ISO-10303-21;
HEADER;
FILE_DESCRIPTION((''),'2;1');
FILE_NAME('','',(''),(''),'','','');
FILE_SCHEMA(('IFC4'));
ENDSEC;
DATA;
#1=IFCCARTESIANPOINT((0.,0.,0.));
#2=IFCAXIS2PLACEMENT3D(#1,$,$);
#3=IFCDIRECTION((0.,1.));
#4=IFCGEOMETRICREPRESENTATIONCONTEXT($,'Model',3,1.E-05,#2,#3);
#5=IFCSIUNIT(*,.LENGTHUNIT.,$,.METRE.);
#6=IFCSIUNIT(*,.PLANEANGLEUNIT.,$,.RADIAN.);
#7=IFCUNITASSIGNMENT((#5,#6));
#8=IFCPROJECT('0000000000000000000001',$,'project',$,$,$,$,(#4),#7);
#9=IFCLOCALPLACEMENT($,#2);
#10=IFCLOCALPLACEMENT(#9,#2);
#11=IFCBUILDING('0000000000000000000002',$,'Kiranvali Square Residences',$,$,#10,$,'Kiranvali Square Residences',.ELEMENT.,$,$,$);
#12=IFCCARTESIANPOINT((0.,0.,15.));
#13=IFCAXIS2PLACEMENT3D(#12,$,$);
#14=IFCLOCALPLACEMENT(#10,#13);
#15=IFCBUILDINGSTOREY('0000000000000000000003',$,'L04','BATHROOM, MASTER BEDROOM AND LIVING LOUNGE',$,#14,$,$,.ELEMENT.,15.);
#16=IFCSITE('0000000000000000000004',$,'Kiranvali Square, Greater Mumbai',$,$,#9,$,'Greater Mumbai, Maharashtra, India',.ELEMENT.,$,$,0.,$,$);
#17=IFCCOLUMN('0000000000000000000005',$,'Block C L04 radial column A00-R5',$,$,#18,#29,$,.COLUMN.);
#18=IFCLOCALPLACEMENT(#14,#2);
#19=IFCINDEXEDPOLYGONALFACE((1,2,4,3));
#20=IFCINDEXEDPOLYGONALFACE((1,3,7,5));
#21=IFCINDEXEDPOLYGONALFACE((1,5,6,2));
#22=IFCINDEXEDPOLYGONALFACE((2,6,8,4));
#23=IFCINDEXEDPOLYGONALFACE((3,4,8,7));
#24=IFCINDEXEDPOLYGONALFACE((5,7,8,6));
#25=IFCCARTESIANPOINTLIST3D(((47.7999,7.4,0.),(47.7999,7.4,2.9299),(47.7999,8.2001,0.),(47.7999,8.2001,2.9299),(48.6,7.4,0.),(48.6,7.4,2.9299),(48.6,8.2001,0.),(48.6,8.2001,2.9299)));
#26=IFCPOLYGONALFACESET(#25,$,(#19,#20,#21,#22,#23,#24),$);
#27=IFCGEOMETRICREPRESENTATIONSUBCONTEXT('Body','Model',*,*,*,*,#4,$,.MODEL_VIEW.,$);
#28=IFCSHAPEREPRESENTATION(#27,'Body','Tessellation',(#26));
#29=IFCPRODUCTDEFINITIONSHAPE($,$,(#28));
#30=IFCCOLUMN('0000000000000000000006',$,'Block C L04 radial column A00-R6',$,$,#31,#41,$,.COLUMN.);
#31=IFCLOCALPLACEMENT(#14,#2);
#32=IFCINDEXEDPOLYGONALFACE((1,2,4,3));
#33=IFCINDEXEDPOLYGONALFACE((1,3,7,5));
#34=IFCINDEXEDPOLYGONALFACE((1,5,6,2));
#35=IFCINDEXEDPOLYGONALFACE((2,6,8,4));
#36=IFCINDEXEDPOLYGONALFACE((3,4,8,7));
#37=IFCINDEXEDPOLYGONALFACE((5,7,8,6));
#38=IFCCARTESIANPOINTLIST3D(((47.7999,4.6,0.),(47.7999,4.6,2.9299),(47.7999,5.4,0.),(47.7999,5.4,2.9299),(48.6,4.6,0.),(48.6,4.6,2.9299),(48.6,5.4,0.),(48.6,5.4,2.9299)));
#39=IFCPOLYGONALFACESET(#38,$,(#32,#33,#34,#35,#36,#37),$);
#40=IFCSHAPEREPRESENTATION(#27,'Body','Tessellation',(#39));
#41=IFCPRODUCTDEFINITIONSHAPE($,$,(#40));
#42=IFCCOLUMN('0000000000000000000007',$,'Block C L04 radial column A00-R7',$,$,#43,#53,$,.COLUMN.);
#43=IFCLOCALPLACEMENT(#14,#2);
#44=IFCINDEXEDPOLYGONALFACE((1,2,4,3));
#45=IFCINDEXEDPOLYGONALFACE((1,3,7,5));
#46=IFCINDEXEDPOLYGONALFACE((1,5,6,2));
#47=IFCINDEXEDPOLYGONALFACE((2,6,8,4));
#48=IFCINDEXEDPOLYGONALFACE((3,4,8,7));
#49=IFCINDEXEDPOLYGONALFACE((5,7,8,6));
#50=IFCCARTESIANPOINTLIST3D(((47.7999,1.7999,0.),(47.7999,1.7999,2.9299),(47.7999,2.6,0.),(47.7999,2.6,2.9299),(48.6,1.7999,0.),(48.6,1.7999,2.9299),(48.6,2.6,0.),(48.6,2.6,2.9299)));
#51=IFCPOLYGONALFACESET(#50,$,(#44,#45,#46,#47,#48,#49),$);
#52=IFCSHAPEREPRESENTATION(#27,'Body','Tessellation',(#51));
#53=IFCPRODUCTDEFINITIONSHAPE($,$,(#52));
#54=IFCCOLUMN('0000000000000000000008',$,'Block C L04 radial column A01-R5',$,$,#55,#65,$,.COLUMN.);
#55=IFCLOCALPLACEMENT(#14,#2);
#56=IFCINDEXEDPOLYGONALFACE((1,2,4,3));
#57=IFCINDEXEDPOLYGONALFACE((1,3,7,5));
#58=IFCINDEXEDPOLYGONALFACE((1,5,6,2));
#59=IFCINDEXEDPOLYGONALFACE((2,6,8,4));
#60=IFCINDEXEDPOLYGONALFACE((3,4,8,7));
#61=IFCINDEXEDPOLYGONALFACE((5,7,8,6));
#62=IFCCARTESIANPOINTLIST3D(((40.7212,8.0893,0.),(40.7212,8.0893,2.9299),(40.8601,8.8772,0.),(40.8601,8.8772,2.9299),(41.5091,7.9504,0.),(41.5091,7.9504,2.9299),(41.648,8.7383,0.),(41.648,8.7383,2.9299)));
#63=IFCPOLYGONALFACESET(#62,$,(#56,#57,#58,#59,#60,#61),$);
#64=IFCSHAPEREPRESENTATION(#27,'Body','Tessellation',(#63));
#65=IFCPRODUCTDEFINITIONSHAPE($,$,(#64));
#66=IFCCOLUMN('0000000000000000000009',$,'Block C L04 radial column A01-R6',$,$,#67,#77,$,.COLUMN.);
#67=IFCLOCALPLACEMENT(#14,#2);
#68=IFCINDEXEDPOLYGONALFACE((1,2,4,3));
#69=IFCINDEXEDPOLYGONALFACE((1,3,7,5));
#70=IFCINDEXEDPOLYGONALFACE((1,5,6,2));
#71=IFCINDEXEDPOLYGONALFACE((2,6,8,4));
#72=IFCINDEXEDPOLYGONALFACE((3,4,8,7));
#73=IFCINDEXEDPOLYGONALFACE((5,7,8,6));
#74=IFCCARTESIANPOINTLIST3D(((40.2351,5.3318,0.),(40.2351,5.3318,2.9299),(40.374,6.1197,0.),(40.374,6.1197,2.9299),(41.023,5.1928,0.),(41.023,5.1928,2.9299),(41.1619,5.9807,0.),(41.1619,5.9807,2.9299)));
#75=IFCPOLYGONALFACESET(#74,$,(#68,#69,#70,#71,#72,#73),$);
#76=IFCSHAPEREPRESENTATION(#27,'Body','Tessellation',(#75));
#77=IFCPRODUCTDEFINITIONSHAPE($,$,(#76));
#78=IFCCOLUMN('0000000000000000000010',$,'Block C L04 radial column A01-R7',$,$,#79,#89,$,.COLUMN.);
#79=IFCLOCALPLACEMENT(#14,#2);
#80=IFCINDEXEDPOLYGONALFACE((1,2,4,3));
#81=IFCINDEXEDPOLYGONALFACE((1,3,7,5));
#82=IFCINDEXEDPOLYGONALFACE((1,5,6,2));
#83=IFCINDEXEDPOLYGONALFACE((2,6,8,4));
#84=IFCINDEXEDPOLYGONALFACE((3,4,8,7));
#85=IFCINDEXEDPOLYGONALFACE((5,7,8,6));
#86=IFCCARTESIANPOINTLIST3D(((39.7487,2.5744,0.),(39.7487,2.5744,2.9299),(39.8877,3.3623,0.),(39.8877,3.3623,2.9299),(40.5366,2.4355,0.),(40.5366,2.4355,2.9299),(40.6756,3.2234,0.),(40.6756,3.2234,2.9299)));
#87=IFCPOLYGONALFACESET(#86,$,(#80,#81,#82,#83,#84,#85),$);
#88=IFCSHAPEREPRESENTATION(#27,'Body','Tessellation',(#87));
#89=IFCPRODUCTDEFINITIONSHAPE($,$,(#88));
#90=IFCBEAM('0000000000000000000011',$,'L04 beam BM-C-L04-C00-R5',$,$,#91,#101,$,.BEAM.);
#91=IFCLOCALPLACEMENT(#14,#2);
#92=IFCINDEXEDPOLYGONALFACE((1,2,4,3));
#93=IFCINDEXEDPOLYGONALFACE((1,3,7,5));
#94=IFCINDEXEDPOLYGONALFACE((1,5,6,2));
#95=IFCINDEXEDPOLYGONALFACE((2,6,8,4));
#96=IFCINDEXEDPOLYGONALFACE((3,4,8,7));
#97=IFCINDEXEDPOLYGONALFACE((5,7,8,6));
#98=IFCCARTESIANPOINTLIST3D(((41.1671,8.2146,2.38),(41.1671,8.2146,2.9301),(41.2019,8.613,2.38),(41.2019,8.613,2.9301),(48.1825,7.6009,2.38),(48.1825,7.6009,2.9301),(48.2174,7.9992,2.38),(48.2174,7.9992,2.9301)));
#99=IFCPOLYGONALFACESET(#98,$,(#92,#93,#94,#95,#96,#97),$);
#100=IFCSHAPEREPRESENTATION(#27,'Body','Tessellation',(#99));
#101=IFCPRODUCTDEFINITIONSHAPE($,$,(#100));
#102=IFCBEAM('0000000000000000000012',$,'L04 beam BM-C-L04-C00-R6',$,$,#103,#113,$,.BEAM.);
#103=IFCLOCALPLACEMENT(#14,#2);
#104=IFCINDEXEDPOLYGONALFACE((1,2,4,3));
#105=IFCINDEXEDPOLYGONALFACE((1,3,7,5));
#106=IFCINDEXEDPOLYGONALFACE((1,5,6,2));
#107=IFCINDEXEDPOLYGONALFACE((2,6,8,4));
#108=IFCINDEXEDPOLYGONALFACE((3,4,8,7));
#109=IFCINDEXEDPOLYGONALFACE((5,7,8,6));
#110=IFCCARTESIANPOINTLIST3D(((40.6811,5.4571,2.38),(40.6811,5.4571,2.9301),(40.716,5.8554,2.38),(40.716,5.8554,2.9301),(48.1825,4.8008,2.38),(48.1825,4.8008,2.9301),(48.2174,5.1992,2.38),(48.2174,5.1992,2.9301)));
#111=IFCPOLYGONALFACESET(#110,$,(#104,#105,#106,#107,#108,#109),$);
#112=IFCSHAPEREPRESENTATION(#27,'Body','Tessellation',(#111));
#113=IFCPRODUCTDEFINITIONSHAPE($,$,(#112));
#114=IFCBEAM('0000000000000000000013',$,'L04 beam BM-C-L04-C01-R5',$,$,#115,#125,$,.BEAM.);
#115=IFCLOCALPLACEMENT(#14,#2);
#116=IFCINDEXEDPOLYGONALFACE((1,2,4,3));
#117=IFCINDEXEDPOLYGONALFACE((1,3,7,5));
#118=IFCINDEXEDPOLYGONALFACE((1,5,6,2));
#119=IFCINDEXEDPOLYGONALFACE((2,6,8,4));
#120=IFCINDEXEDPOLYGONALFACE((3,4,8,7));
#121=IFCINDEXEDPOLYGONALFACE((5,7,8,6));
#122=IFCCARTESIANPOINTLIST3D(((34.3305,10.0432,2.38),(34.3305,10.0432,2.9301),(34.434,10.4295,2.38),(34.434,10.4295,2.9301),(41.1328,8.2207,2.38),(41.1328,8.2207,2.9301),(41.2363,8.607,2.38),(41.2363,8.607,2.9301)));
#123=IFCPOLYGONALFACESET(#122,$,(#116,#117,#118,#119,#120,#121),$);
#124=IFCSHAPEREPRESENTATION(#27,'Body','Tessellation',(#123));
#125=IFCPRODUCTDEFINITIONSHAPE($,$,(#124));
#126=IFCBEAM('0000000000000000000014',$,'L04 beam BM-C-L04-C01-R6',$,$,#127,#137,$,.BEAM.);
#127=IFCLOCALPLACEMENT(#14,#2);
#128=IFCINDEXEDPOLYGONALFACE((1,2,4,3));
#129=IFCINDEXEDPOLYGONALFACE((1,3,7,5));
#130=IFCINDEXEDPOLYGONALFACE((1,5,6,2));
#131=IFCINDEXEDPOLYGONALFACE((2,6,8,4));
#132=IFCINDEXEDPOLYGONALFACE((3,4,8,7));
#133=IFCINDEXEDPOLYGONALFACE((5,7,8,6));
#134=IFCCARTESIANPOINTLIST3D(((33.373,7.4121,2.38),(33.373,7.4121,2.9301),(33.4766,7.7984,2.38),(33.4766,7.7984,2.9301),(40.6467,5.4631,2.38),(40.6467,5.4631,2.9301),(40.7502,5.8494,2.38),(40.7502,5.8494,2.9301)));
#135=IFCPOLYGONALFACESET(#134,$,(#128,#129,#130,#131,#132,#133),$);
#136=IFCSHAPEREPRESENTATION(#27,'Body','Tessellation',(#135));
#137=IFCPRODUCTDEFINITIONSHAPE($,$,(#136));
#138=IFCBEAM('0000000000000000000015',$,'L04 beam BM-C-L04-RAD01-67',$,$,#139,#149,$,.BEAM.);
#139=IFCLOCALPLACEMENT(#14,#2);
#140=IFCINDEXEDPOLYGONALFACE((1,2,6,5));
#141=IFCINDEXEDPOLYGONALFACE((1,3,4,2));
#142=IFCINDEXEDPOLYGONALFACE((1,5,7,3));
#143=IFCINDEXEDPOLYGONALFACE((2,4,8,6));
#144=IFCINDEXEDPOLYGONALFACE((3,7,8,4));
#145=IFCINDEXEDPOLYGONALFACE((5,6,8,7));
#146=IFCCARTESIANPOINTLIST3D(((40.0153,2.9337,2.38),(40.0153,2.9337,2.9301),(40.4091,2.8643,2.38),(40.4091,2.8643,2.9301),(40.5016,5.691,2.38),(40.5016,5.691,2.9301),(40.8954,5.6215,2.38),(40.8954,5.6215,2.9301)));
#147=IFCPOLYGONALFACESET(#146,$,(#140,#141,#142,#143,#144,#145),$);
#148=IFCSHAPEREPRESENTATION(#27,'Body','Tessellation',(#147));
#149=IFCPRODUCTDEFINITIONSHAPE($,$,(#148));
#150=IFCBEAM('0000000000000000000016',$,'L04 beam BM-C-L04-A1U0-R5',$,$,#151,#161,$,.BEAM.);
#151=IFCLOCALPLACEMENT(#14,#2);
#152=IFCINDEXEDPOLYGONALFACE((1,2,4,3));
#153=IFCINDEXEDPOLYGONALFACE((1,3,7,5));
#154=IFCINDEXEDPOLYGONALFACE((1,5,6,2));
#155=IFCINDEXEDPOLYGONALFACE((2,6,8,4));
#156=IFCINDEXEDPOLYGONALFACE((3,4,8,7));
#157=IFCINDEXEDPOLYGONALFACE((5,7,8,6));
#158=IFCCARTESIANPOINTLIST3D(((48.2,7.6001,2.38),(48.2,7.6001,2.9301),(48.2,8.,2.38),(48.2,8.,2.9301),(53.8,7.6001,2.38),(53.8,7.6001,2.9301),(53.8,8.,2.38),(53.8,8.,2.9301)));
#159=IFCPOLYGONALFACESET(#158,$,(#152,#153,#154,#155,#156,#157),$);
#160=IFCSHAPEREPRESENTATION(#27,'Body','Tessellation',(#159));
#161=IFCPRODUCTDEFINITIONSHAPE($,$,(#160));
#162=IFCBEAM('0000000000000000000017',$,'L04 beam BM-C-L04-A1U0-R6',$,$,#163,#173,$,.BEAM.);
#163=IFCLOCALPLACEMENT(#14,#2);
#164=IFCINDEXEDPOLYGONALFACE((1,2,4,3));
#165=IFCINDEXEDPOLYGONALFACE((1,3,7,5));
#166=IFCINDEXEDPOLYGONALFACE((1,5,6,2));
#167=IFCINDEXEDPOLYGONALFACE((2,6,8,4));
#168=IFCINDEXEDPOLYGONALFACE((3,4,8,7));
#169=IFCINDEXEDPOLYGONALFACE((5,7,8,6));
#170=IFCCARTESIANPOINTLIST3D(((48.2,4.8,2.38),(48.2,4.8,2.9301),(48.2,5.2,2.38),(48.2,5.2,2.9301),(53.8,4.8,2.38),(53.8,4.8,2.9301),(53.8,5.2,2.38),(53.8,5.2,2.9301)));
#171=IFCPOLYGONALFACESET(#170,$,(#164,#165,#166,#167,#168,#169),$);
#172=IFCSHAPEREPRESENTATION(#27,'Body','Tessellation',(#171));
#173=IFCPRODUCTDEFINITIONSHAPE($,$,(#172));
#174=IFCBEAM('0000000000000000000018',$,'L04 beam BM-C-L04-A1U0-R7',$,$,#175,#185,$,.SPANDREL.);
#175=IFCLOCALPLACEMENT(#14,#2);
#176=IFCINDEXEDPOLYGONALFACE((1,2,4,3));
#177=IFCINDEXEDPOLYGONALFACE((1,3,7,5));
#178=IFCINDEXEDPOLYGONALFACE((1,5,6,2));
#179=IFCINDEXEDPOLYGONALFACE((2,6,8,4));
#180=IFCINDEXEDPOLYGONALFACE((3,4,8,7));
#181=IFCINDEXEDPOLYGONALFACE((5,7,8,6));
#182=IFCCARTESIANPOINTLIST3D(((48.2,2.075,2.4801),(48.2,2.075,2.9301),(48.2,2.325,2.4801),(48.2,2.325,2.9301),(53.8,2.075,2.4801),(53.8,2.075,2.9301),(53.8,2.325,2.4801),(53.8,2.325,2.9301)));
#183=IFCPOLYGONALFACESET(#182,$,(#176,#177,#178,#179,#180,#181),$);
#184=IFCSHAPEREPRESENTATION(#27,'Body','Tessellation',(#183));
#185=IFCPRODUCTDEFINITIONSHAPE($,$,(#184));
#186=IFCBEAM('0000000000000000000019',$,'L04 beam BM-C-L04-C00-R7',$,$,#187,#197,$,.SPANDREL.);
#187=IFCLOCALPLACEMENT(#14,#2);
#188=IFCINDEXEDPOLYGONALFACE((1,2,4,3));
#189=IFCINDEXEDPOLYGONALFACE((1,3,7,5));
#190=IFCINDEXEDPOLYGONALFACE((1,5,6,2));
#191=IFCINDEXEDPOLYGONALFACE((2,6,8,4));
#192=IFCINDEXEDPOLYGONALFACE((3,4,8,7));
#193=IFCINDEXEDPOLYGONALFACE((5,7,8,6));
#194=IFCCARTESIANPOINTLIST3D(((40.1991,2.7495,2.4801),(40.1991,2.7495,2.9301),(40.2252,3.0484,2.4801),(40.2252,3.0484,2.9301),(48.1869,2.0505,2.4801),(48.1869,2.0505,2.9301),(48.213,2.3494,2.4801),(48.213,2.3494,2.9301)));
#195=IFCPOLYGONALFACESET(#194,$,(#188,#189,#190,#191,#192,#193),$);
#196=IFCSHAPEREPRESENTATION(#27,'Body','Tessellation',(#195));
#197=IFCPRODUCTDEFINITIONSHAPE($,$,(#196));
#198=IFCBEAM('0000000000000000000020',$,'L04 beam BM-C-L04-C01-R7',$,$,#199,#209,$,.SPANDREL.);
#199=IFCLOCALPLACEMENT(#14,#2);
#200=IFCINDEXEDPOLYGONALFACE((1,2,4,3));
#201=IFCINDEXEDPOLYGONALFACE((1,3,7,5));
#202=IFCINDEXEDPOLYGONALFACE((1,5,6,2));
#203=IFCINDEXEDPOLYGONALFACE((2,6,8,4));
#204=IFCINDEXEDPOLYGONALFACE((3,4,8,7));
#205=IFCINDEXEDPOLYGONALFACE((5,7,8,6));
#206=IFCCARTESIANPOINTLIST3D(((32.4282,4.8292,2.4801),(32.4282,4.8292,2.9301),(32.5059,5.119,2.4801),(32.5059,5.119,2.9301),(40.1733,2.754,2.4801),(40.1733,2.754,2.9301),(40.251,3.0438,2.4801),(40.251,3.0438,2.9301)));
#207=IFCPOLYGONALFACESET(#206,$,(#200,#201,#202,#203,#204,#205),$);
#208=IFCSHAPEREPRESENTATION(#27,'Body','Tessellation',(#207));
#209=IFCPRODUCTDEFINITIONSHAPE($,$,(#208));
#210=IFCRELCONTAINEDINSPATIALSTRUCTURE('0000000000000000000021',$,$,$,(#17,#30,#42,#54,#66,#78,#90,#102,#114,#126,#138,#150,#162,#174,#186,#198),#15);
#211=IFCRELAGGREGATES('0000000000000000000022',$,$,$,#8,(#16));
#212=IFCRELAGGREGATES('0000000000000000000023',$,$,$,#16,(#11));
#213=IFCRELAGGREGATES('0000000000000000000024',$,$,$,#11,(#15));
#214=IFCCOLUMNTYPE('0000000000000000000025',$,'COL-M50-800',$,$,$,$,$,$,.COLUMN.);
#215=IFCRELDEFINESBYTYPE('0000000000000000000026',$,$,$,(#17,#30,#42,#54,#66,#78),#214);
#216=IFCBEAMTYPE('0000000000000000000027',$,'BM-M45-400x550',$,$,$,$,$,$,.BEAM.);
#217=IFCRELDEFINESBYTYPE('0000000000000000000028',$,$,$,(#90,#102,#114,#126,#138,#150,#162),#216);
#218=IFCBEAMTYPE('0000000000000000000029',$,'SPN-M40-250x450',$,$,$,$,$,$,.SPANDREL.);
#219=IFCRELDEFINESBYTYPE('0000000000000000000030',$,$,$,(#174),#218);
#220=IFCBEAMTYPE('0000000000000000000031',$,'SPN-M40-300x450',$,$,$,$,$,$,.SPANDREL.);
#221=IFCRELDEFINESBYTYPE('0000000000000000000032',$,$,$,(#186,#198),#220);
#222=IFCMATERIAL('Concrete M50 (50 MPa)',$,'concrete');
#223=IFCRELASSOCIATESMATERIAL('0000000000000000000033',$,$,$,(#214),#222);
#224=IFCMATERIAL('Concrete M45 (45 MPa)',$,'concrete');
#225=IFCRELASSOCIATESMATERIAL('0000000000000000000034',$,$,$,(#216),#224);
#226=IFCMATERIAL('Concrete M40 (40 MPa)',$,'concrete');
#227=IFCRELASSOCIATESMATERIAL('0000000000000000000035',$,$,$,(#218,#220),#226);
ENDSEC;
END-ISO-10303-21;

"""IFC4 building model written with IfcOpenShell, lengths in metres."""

from ifc_helpers import new_model, si_unit, direction, frame, origin, origin_2d, place, context, subcontext, project, spatial, rectangle, extrude, material, material_profile, profile_set, type_object, element, save


model = new_model("IFC4")

# Units and contexts
model_context = context("Model", 3, precision=1e-05, world=origin(), true_north=direction((0.0, 1.0)))
body_context = subcontext(model_context, "Body", "Model", "MODEL_VIEW")
ifc_project = project(units=[si_unit("LENGTHUNIT", "METRE"), si_unit("PLANEANGLEUNIT", "RADIAN")], contexts=[model_context])

# Site, building, storey
site_placement = place(None, origin())
site = spatial("IfcSite", under=ifc_project, at=site_placement, Name="Kiranvali Square, Greater Mumbai", LongName="Greater Mumbai, Maharashtra, India", CompositionType="ELEMENT", RefElevation=0.0)
building_placement = place(site_placement, origin())
building = spatial("IfcBuilding", under=site, at=building_placement, Name="Kiranvali Square Residences", LongName="Kiranvali Square Residences", CompositionType="ELEMENT")
storey_placement = place(building_placement, frame((0.0, 0.0, 15.0)))
storey = spatial("IfcBuildingStorey", under=building, at=storey_placement, Name="L04", Description="BATHROOM, MASTER BEDROOM AND LIVING LOUNGE", CompositionType="ELEMENT", Elevation=15.0)

# Columns
ifc_material_1 = material(Name="Concrete M50 (50 MPa)", Category="concrete")
ifc_material_profile_1 = material_profile(ifc_material_1, rectangle(XDim=0.8, YDim=0.8, at=origin_2d()), Name="RC 800x800")
ifc_profile_set_1 = profile_set([ifc_material_profile_1], Name="Concrete M50 (50 MPa)")
column_type = type_object("IfcColumnType", Name="COL-M50-800", PredefinedType="COLUMN", material=ifc_profile_set_1)
for number, where, z_axis, x_axis, name in (
    (1, (48.2, 7.8, 0.0), (0.0, 0.0, 1.0), (1.0, 0.0, 0.0), "Block C L04 radial column A00-R5"),
    (2, (48.2, 5.0, 0.0), (0.0, 0.0, 1.0), (1.0, 0.0, 0.0), "Block C L04 radial column A00-R6"),
    (3, (48.2, 2.2, 0.0), (0.0, 0.0, 1.0), (1.0, 0.0, 0.0), "Block C L04 radial column A00-R7"),
    (4, (41.1846, 8.4138, 0.0), (0.0, 0.0, 1.0), (-0.984808, 0.173648, 0.0), "Block C L04 radial column A01-R5"),
    (5, (40.6985, 5.6562, 0.0), (0.0, 0.0, 1.0), (-0.984808, 0.173648, 0.0), "Block C L04 radial column A01-R6"),
    (6, (40.2122, 2.8989, 0.0), (0.0, 0.0, 1.0), (-0.984808, 0.173648, 0.0), "Block C L04 radial column A01-R7"),
):
    element("IfcColumn", number, at=place(storey_placement, frame(where, z_axis=z_axis, x_axis=x_axis)), inside=storey, type_object=column_type, Name=name, PredefinedType="COLUMN", context=body_context, shape_type="SweptSolid", body=[
        extrude(rectangle(XDim=0.8, YDim=0.8, at=origin_2d()), origin(), (0.0, 0.0, 1.0), 2.9299),
    ])

# Beams
ifc_material_2 = material(Name="Concrete M45 (45 MPa)", Category="concrete")
ifc_material_profile_2 = material_profile(ifc_material_2, rectangle(XDim=0.3999, YDim=0.55, at=origin_2d()), Name="RC 400x550")
ifc_profile_set_2 = profile_set([ifc_material_profile_2], Name="Concrete M45 (45 MPa)")
beam_type_1 = type_object("IfcBeamType", Name="BM-M45-400x550", PredefinedType="BEAM", material=ifc_profile_set_2)
beam_1_placement = place(storey_placement, frame((48.2, 7.8, 2.655), z_axis=(-0.996195, 0.087156, 0.0), x_axis=(-0.087156, -0.996195, 0.0)))
element("IfcBeam", 7, at=beam_1_placement, inside=storey, type_object=beam_type_1, Name="L04 beam BM-C-L04-C00-R5", PredefinedType="BEAM", context=body_context, shape_type="SweptSolid", body=[
    extrude(rectangle(XDim=0.3999, YDim=0.55, at=origin_2d()), origin(), (0.0, 0.0, 1.0), 7.0422),
])
beam_2_placement = place(storey_placement, frame((48.2, 5.0, 2.655), z_axis=(-0.996195, 0.08715, 0.0), x_axis=(-0.08715, -0.996195, 0.0)))
element("IfcBeam", 8, at=beam_2_placement, inside=storey, type_object=beam_type_1, Name="L04 beam BM-C-L04-C00-R6", PredefinedType="BEAM", context=body_context, shape_type="SweptSolid", body=[
    extrude(rectangle(XDim=0.3999, YDim=0.55, at=origin_2d()), origin(), (0.0, 0.0, 1.0), 7.53),
])
beam_3_placement = place(storey_placement, frame((41.1846, 8.4138, 2.655), z_axis=(-0.965931, 0.2588, 0.0), x_axis=(-0.2588, -0.965931, 0.0)))
element("IfcBeam", 9, at=beam_3_placement, inside=storey, type_object=beam_type_1, Name="L04 beam BM-C-L04-C01-R5", PredefinedType="BEAM", context=body_context, shape_type="SweptSolid", body=[
    extrude(rectangle(XDim=0.3999, YDim=0.55, at=origin_2d()), origin(), (0.0, 0.0, 1.0), 7.0422),
])
beam_4_placement = place(storey_placement, frame((40.6985, 5.6562, 2.655), z_axis=(-0.965926, 0.258819, 0.0), x_axis=(-0.258819, -0.965926, 0.0)))
element("IfcBeam", 10, at=beam_4_placement, inside=storey, type_object=beam_type_1, Name="L04 beam BM-C-L04-C01-R6", PredefinedType="BEAM", context=body_context, shape_type="SweptSolid", body=[
    extrude(rectangle(XDim=0.3999, YDim=0.55, at=origin_2d()), origin(), (0.0, 0.0, 1.0), 7.5303),
])
beam_5_placement = place(storey_placement, frame((40.6985, 5.6562, 2.655), z_axis=(-0.173696, -0.984799, 0.0), x_axis=(0.984799, -0.173696, 0.0)))
element("IfcBeam", 11, at=beam_5_placement, inside=storey, type_object=beam_type_1, Name="L04 beam BM-C-L04-RAD01-67", PredefinedType="BEAM", context=body_context, shape_type="SweptSolid", body=[
    extrude(rectangle(XDim=0.3999, YDim=0.55, at=origin_2d()), origin(), (0.0, 0.0, 1.0), 2.7998),
])
for number, where, z_axis, x_axis, name in (
    (12, (48.2, 7.8, 2.655), (1.0, 0.0, 0.0), (0.0, 1.0, 0.0), "L04 beam BM-C-L04-A1U0-R5"),
    (13, (48.2, 5.0, 2.655), (1.0, 0.0, 0.0), (0.0, 1.0, 0.0), "L04 beam BM-C-L04-A1U0-R6"),
):
    element("IfcBeam", number, at=place(storey_placement, frame(where, z_axis=z_axis, x_axis=x_axis)), inside=storey, type_object=beam_type_1, Name=name, PredefinedType="BEAM", context=body_context, shape_type="SweptSolid", body=[
        extrude(rectangle(XDim=0.3999, YDim=0.55, at=origin_2d()), origin(), (0.0, 0.0, 1.0), 5.6001),
    ])
ifc_material_3 = material(Name="Concrete M40 (40 MPa)", Category="concrete")
ifc_material_profile_3 = material_profile(ifc_material_3, rectangle(XDim=0.25, YDim=0.45, at=origin_2d()), Name="RC 250x450")
ifc_profile_set_3 = profile_set([ifc_material_profile_3], Name="Concrete M40 (40 MPa)")
beam_type_2 = type_object("IfcBeamType", Name="SPN-M40-250x450", PredefinedType="SPANDREL", material=ifc_profile_set_3)
beam_6_placement = place(storey_placement, frame((48.2, 2.2, 2.7051), z_axis=(1.0, 0.0, 0.0), x_axis=(0.0, 1.0, 0.0)))
element("IfcBeam", 14, at=beam_6_placement, inside=storey, type_object=beam_type_2, Name="L04 beam BM-C-L04-A1U0-R7", PredefinedType="SPANDREL", context=body_context, shape_type="SweptSolid", body=[
    extrude(rectangle(XDim=0.25, YDim=0.45, at=origin_2d()), origin(), (0.0, 0.0, 1.0), 5.6001),
])
ifc_material_profile_4 = material_profile(ifc_material_3, rectangle(XDim=0.3, YDim=0.45, at=origin_2d()), Name="RC 300x450")
ifc_profile_set_4 = profile_set([ifc_material_profile_4], Name="Concrete M40 (40 MPa)")
beam_type_3 = type_object("IfcBeamType", Name="SPN-M40-300x450", PredefinedType="SPANDREL", material=ifc_profile_set_4)
for number, where, z_axis, x_axis, name in (
    (15, (48.2, 2.2, 2.7051), (-0.996193, 0.087172, 0.0), (-0.087172, -0.996193, 0.0), "L04 beam BM-C-L04-C00-R7"),
    (16, (40.2122, 2.8989, 2.7051), (-0.965929, 0.258807, 0.0), (-0.258807, -0.965929, 0.0), "L04 beam BM-C-L04-C01-R7"),
):
    element("IfcBeam", number, at=place(storey_placement, frame(where, z_axis=z_axis, x_axis=x_axis)), inside=storey, type_object=beam_type_3, Name=name, PredefinedType="SPANDREL", context=body_context, shape_type="SweptSolid", body=[
        extrude(rectangle(XDim=0.3, YDim=0.45, at=origin_2d()), origin(), (0.0, 0.0, 1.0), 8.0183),
    ])

save(model, "model.ifc")
